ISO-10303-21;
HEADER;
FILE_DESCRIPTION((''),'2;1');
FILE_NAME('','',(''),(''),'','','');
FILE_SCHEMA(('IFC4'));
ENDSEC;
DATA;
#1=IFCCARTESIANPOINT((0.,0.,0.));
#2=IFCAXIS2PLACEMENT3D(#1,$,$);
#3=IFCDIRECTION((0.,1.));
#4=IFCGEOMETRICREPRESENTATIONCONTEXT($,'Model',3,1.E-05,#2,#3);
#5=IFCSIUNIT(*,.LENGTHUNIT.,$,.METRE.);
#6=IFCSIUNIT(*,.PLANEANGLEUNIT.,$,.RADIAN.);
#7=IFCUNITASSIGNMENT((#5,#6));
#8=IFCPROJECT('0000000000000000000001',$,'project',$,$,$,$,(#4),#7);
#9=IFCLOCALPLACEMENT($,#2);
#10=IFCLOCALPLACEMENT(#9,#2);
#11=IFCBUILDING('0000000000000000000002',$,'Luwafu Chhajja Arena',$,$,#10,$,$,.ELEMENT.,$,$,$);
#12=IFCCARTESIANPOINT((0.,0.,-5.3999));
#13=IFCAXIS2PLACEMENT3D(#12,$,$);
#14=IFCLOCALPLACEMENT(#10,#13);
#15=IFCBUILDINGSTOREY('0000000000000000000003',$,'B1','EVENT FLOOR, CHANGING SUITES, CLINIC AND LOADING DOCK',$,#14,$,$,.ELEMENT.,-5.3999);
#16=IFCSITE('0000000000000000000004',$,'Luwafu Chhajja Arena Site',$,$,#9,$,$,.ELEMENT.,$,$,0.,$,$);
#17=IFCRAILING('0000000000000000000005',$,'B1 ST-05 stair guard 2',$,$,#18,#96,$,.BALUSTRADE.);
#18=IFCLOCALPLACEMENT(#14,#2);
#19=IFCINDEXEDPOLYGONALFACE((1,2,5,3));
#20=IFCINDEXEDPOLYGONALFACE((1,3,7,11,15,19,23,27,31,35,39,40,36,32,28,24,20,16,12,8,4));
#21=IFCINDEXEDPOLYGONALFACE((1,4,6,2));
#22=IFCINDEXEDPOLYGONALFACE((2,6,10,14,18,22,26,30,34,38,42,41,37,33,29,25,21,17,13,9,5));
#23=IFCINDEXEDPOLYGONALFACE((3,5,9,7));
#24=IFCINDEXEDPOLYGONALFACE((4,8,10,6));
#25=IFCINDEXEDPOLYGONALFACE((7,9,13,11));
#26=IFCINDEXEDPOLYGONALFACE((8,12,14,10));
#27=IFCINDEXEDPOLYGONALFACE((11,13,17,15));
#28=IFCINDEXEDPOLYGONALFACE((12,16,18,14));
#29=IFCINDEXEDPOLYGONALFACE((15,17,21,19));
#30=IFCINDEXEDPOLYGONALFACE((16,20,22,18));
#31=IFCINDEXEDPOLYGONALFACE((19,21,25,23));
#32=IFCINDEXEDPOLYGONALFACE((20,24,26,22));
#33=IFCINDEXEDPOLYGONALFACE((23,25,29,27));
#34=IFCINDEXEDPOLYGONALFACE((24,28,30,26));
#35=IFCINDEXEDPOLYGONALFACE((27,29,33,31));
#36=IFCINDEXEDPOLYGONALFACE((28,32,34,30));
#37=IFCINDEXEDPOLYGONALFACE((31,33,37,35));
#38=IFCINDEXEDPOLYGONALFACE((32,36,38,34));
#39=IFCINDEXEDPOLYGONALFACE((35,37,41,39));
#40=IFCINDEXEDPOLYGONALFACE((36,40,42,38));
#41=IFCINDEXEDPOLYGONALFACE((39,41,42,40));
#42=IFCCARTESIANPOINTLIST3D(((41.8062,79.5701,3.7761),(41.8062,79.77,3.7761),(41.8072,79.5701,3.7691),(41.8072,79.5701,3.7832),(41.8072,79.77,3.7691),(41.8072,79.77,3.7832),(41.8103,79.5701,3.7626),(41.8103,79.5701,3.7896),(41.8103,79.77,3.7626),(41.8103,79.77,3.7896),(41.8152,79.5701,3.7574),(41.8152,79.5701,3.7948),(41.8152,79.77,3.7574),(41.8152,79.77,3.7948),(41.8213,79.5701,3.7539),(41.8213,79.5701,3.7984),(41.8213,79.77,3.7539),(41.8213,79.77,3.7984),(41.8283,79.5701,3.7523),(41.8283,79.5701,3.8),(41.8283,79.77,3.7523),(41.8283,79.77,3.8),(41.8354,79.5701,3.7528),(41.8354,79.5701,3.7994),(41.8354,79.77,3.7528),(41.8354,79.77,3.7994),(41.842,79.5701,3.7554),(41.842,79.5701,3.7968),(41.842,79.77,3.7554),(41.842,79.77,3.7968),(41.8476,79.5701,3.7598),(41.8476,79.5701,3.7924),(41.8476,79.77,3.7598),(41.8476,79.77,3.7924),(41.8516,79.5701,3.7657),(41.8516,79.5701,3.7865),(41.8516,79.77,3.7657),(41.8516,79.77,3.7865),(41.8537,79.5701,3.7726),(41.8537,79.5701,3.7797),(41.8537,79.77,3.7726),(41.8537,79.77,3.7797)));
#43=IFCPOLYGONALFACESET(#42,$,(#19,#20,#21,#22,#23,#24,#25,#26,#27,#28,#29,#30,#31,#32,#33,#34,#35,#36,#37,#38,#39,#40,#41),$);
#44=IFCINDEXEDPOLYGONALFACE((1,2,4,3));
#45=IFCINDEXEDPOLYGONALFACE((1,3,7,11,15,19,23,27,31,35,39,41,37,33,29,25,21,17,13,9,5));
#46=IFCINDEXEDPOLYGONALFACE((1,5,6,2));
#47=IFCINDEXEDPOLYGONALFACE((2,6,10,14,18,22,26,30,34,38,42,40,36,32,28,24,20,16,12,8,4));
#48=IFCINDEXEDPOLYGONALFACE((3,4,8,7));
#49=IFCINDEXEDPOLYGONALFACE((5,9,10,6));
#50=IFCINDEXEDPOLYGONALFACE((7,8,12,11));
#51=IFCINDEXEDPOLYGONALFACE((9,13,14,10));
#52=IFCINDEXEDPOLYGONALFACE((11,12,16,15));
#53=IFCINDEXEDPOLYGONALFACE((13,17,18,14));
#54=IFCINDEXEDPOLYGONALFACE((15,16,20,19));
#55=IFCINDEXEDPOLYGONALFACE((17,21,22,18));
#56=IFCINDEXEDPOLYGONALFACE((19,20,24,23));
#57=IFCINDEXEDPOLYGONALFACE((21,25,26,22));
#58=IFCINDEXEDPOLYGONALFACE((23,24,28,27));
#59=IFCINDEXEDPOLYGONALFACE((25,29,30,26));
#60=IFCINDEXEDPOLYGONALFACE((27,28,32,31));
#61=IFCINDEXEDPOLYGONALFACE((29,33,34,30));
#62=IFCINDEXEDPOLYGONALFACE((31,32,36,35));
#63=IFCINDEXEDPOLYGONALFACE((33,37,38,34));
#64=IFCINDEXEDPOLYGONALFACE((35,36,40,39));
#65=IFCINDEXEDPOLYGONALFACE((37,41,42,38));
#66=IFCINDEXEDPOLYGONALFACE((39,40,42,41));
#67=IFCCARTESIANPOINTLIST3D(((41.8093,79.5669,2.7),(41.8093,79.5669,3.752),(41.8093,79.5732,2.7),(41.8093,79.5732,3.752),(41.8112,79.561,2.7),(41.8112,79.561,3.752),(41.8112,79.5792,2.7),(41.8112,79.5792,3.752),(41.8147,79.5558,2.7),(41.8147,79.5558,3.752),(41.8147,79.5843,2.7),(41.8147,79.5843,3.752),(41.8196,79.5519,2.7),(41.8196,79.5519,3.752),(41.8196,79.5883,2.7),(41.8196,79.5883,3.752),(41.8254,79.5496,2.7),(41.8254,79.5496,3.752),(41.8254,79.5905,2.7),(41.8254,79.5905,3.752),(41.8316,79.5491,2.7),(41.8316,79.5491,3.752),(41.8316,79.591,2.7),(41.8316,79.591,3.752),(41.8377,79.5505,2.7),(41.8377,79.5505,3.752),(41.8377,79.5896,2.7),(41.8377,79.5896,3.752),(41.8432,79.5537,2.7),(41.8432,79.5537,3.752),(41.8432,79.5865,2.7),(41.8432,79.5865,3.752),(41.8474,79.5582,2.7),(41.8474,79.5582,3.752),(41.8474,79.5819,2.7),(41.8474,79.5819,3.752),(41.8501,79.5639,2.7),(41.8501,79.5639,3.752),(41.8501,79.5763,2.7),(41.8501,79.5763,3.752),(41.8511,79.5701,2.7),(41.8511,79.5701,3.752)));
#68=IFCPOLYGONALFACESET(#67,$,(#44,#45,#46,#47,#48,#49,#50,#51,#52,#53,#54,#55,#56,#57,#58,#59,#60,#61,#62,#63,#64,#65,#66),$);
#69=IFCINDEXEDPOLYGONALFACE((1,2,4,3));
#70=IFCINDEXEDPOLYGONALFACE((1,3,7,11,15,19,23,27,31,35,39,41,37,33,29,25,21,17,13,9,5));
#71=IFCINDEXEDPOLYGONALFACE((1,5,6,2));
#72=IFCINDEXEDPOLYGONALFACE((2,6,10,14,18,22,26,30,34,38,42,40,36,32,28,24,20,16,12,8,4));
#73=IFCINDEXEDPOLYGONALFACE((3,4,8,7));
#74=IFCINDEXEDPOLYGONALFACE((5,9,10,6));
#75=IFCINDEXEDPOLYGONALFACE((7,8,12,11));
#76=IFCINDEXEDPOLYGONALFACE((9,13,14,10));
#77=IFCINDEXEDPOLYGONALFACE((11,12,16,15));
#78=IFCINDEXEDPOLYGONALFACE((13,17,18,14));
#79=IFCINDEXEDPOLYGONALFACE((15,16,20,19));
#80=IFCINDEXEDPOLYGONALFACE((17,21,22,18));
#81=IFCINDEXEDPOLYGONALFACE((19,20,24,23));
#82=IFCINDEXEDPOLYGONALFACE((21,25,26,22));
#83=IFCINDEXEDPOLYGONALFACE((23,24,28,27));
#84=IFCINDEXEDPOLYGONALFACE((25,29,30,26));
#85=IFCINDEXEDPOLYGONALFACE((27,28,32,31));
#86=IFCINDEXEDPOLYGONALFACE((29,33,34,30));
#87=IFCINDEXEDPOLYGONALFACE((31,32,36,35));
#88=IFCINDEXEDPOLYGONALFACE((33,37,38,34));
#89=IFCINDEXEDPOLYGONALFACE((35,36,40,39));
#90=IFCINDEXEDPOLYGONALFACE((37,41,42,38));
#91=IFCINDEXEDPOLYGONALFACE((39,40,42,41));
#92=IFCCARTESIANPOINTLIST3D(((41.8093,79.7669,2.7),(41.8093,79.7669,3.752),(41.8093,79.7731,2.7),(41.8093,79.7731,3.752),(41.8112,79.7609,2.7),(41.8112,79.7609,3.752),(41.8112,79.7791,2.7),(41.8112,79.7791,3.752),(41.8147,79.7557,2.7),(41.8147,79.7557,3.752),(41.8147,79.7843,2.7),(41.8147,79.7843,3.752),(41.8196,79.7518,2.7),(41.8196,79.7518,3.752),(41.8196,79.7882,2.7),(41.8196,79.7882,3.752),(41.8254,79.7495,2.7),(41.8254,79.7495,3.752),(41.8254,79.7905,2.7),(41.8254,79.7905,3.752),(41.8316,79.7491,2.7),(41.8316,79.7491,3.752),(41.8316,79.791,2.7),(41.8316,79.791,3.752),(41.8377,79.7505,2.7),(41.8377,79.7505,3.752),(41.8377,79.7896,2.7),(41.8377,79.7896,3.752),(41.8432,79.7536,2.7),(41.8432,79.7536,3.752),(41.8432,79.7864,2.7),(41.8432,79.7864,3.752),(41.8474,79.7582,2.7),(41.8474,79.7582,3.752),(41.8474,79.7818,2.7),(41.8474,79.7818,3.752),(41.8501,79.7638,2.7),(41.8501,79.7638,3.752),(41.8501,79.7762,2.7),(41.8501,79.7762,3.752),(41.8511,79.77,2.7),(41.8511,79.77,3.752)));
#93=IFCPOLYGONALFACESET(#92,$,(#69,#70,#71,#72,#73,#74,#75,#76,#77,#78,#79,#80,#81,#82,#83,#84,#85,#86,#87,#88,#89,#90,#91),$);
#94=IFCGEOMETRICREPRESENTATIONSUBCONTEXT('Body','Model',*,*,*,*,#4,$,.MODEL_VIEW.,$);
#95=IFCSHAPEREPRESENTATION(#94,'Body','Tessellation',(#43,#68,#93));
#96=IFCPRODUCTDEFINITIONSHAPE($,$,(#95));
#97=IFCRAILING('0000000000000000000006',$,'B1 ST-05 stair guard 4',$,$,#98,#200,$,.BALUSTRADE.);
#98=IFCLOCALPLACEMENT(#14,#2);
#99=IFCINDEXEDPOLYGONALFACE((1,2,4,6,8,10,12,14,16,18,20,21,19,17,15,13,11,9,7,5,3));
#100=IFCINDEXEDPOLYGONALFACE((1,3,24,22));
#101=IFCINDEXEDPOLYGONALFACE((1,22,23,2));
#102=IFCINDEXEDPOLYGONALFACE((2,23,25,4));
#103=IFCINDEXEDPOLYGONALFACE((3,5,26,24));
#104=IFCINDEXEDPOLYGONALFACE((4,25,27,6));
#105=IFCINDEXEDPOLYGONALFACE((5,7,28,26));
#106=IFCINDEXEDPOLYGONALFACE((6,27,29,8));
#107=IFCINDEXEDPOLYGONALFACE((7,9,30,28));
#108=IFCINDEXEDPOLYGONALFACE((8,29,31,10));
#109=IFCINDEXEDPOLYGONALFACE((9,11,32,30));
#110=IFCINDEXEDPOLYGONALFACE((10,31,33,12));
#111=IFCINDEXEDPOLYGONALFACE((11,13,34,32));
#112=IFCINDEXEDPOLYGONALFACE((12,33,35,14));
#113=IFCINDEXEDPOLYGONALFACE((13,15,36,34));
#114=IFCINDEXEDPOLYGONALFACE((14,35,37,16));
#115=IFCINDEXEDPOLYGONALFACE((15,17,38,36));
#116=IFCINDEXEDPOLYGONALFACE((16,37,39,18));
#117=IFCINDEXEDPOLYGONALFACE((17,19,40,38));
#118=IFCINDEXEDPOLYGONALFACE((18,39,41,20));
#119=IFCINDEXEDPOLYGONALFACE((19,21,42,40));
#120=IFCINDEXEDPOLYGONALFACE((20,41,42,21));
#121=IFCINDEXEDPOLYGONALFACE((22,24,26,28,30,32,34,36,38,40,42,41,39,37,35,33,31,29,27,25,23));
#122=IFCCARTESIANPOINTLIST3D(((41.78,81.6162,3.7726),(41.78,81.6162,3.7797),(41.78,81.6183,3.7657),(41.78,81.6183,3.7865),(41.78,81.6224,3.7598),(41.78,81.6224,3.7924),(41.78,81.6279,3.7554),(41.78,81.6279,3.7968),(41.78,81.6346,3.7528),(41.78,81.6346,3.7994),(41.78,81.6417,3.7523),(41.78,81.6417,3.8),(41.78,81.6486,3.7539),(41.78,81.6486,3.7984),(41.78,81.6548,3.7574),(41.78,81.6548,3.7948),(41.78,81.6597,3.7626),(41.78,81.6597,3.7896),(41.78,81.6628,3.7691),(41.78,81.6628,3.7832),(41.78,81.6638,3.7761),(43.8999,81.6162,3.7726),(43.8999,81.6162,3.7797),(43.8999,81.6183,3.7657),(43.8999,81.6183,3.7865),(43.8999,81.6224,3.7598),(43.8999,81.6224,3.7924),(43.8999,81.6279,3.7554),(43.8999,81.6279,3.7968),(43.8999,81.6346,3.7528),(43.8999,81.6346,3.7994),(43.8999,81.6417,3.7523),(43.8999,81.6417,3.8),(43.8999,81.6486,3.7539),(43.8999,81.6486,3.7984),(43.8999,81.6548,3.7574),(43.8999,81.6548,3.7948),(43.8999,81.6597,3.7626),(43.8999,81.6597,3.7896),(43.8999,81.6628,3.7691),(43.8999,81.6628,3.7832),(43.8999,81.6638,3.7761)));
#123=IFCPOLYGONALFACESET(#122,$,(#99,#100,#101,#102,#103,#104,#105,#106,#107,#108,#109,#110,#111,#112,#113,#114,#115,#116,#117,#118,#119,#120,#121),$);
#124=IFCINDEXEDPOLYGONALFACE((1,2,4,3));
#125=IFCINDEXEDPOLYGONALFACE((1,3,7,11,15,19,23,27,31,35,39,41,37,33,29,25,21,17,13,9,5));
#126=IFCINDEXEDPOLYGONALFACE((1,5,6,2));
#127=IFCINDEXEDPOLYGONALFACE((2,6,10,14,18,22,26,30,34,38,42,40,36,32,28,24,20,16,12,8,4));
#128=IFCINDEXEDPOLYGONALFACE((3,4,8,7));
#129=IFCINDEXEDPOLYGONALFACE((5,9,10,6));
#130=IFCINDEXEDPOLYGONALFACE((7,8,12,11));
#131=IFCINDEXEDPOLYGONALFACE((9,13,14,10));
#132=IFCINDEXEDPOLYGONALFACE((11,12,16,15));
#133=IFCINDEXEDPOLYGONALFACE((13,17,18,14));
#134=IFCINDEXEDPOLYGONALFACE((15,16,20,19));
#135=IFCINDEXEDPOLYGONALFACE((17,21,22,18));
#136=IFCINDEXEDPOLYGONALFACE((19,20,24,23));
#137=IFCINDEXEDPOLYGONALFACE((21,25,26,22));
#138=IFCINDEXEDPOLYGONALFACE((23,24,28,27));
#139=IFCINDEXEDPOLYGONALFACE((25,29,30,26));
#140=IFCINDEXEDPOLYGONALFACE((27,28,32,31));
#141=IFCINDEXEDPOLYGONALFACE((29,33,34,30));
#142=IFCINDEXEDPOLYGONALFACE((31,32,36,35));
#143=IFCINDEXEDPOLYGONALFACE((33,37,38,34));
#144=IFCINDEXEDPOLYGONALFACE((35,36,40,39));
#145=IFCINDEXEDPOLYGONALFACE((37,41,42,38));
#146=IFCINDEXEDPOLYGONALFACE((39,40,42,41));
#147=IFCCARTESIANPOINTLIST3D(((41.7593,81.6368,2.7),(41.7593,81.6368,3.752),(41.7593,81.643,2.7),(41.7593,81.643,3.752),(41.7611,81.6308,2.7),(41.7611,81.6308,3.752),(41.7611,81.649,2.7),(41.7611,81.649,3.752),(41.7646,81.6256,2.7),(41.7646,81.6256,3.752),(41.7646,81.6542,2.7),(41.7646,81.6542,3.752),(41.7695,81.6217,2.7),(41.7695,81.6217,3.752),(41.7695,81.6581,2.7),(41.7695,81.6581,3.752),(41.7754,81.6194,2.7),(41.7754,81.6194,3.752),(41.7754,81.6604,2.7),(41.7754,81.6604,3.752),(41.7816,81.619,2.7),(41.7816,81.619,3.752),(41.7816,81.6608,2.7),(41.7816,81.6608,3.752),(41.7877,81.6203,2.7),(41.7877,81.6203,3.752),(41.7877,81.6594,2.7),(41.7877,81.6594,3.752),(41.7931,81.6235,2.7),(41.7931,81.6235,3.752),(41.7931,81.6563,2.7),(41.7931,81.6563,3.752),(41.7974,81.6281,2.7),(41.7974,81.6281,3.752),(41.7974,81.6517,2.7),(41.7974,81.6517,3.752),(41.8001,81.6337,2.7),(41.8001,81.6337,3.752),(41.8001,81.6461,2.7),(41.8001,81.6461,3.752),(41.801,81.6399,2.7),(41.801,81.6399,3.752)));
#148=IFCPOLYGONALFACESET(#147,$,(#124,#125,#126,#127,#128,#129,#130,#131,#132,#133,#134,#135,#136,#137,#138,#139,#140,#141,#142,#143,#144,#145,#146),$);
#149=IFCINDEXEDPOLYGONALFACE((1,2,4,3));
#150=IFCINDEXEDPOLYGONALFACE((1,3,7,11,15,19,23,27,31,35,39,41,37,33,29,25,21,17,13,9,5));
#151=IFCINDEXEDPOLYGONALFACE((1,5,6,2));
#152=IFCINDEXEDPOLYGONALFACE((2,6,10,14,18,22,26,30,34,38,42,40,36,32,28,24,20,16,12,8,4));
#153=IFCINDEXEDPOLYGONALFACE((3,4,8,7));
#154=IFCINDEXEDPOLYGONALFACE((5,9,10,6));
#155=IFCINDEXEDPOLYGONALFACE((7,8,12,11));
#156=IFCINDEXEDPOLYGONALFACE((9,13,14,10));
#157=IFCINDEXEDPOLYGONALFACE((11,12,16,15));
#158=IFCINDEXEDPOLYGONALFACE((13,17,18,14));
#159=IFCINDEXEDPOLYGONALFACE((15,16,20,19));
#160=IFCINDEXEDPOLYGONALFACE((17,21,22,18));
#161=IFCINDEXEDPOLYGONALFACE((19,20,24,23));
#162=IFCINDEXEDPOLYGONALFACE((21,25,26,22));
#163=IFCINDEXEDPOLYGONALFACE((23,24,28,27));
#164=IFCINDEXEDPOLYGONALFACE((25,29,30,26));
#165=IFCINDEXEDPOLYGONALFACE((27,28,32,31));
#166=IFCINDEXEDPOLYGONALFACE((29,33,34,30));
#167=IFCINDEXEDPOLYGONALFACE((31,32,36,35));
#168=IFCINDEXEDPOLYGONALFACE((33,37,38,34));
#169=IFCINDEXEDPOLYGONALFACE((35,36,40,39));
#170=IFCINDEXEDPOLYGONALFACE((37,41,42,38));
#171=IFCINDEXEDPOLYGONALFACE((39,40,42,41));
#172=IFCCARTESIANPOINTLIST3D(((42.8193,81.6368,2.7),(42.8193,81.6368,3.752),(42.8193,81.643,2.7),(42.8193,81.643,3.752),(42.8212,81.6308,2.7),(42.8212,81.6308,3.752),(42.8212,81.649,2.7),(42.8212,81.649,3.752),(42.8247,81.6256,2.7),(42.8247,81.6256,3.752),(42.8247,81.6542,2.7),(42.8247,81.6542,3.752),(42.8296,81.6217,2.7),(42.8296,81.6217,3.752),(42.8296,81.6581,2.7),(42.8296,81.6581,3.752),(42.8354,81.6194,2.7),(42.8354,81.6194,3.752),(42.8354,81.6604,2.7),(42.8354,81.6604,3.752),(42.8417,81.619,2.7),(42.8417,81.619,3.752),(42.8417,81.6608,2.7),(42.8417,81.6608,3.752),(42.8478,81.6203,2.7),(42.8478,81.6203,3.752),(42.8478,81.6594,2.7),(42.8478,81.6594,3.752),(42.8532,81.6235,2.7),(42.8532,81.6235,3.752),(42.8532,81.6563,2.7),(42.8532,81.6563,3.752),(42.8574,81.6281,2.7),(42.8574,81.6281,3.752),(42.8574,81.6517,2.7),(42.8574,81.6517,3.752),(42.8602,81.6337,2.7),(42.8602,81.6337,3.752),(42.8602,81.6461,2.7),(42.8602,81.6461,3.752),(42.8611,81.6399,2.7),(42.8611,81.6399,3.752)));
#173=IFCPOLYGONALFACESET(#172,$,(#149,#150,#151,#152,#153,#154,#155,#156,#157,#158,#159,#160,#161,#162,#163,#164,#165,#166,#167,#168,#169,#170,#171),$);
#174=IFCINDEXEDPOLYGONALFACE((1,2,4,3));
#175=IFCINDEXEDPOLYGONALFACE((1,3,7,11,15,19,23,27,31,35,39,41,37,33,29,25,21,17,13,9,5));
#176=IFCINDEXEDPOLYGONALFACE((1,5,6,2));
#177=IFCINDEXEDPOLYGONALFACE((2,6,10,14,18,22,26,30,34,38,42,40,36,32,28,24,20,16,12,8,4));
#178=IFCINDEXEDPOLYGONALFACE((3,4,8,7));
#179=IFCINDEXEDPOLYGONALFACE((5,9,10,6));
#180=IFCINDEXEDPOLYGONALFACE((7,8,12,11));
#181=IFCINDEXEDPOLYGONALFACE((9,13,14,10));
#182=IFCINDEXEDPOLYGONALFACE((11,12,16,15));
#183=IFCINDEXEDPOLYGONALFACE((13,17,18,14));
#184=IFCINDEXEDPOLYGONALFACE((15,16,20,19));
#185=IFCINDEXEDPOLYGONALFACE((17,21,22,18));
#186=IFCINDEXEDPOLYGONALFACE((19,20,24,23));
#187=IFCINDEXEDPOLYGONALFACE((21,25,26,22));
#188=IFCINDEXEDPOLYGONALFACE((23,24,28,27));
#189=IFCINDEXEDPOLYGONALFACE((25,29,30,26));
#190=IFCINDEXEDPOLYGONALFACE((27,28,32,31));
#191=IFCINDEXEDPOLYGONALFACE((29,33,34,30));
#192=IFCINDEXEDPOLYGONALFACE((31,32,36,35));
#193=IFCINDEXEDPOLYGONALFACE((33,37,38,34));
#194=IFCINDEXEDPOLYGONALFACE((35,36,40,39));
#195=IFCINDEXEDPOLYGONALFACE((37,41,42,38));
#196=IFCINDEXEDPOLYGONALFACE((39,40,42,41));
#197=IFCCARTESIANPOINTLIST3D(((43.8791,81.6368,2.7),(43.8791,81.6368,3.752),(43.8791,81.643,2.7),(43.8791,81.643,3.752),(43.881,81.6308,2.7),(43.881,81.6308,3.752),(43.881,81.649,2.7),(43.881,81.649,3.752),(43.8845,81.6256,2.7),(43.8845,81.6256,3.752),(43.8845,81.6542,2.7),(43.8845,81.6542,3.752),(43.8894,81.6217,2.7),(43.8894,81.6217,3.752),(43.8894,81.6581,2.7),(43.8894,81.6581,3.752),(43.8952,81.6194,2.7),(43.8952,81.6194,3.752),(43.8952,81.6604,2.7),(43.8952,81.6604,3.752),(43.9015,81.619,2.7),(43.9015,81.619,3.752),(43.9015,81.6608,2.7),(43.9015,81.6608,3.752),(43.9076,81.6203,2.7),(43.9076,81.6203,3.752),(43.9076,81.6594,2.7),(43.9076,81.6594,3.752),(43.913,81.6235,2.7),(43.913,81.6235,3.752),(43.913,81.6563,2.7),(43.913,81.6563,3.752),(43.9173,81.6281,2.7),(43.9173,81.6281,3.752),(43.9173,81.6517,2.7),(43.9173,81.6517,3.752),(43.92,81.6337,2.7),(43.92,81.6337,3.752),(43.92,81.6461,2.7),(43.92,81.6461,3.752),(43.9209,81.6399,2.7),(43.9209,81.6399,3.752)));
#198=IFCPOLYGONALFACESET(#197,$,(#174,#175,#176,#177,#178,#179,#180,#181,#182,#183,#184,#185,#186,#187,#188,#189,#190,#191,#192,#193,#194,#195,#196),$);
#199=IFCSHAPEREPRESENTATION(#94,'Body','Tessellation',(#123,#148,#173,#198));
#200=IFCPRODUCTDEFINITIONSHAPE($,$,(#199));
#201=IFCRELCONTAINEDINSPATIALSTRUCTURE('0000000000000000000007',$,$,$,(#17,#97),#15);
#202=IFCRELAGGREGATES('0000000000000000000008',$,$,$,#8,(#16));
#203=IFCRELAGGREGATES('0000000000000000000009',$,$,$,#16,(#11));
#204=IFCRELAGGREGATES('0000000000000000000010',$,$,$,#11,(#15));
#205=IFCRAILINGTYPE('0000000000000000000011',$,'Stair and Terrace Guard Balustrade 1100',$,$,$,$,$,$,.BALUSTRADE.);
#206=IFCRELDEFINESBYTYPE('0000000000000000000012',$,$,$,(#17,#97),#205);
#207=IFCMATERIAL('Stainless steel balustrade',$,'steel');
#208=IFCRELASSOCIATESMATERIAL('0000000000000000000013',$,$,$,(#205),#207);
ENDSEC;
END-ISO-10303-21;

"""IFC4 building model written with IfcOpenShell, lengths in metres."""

from ifc_helpers import new_model, si_unit, direction, frame, origin, origin_2d, place, context, subcontext, project, spatial, circle, extrude, material, type_object, element, save


model = new_model("IFC4")

# Units and contexts
model_context = context("Model", 3, precision=1e-05, world=origin(), true_north=direction((0.0, 1.0)))
body_context = subcontext(model_context, "Body", "Model", "MODEL_VIEW")
ifc_project = project(units=[si_unit("LENGTHUNIT", "METRE"), si_unit("PLANEANGLEUNIT", "RADIAN")], contexts=[model_context])

# Site, building, storey
site_placement = place(None, origin())
site = spatial("IfcSite", under=ifc_project, at=site_placement, Name="Luwafu Chhajja Arena Site", CompositionType="ELEMENT", RefElevation=0.0)
building_placement = place(site_placement, origin())
building = spatial("IfcBuilding", under=site, at=building_placement, Name="Luwafu Chhajja Arena", CompositionType="ELEMENT")
storey_placement = place(building_placement, frame((0.0, 0.0, -5.3999)))
storey = spatial("IfcBuildingStorey", under=building, at=storey_placement, Name="B1", Description="EVENT FLOOR, CHANGING SUITES, CLINIC AND LOADING DOCK", CompositionType="ELEMENT", Elevation=-5.3999)

# Railings
ifc_material_1 = material(Name="Stainless steel balustrade", Category="steel")
railing_type_1 = type_object("IfcRailingType", Name="Stair and Terrace Guard Balustrade 1100", PredefinedType="BALUSTRADE", material=ifc_material_1)
railing_1_placement = place(storey_placement, frame((41.8301, 79.5701, 2.7)))
element("IfcRailing", 1, at=railing_1_placement, inside=storey, type_object=railing_type_1, Name="B1 ST-05 stair guard 2", PredefinedType="BALUSTRADE", context=body_context, shape_type="SweptSolid", body=[
    extrude(circle(Radius=0.0239, at=origin_2d()), frame((0.0, 0.0, 1.0762), z_axis=(0.0, 1.0, 0.0), x_axis=(-1.0, 0.0, 0.0)), (0.0, 0.0, 1.0), 0.2),
    extrude(circle(Radius=0.021, at=origin_2d()), origin(), (0.0, 0.0, 1.0), 1.052),
    extrude(circle(Radius=0.021, at=origin_2d()), frame((0.0, 0.2, 0.0)), (0.0, 0.0, 1.0), 1.052),
])
railing_2_placement = place(storey_placement, frame((41.78, 81.6399, 2.7)))
element("IfcRailing", 2, at=railing_2_placement, inside=storey, type_object=railing_type_1, Name="B1 ST-05 stair guard 4", PredefinedType="BALUSTRADE", context=body_context, shape_type="SweptSolid", body=[
    extrude(circle(Radius=0.0239, at=origin_2d()), frame((0.0, 0.0, 1.0762), z_axis=(1.0, 0.0, 0.0), x_axis=(0.0, 1.0, 0.0)), (0.0, 0.0, 1.0), 2.1199),
    extrude(circle(Radius=0.021, at=origin_2d()), origin(), (0.0, 0.0, 1.0), 1.052),
    extrude(circle(Radius=0.021, at=origin_2d()), frame((1.0601, 0.0, 0.0)), (0.0, 0.0, 1.0), 1.052),
    extrude(circle(Radius=0.021, at=origin_2d()), frame((2.1199, 0.0, 0.0)), (0.0, 0.0, 1.0), 1.052),
])

save(model, "model.ifc")
